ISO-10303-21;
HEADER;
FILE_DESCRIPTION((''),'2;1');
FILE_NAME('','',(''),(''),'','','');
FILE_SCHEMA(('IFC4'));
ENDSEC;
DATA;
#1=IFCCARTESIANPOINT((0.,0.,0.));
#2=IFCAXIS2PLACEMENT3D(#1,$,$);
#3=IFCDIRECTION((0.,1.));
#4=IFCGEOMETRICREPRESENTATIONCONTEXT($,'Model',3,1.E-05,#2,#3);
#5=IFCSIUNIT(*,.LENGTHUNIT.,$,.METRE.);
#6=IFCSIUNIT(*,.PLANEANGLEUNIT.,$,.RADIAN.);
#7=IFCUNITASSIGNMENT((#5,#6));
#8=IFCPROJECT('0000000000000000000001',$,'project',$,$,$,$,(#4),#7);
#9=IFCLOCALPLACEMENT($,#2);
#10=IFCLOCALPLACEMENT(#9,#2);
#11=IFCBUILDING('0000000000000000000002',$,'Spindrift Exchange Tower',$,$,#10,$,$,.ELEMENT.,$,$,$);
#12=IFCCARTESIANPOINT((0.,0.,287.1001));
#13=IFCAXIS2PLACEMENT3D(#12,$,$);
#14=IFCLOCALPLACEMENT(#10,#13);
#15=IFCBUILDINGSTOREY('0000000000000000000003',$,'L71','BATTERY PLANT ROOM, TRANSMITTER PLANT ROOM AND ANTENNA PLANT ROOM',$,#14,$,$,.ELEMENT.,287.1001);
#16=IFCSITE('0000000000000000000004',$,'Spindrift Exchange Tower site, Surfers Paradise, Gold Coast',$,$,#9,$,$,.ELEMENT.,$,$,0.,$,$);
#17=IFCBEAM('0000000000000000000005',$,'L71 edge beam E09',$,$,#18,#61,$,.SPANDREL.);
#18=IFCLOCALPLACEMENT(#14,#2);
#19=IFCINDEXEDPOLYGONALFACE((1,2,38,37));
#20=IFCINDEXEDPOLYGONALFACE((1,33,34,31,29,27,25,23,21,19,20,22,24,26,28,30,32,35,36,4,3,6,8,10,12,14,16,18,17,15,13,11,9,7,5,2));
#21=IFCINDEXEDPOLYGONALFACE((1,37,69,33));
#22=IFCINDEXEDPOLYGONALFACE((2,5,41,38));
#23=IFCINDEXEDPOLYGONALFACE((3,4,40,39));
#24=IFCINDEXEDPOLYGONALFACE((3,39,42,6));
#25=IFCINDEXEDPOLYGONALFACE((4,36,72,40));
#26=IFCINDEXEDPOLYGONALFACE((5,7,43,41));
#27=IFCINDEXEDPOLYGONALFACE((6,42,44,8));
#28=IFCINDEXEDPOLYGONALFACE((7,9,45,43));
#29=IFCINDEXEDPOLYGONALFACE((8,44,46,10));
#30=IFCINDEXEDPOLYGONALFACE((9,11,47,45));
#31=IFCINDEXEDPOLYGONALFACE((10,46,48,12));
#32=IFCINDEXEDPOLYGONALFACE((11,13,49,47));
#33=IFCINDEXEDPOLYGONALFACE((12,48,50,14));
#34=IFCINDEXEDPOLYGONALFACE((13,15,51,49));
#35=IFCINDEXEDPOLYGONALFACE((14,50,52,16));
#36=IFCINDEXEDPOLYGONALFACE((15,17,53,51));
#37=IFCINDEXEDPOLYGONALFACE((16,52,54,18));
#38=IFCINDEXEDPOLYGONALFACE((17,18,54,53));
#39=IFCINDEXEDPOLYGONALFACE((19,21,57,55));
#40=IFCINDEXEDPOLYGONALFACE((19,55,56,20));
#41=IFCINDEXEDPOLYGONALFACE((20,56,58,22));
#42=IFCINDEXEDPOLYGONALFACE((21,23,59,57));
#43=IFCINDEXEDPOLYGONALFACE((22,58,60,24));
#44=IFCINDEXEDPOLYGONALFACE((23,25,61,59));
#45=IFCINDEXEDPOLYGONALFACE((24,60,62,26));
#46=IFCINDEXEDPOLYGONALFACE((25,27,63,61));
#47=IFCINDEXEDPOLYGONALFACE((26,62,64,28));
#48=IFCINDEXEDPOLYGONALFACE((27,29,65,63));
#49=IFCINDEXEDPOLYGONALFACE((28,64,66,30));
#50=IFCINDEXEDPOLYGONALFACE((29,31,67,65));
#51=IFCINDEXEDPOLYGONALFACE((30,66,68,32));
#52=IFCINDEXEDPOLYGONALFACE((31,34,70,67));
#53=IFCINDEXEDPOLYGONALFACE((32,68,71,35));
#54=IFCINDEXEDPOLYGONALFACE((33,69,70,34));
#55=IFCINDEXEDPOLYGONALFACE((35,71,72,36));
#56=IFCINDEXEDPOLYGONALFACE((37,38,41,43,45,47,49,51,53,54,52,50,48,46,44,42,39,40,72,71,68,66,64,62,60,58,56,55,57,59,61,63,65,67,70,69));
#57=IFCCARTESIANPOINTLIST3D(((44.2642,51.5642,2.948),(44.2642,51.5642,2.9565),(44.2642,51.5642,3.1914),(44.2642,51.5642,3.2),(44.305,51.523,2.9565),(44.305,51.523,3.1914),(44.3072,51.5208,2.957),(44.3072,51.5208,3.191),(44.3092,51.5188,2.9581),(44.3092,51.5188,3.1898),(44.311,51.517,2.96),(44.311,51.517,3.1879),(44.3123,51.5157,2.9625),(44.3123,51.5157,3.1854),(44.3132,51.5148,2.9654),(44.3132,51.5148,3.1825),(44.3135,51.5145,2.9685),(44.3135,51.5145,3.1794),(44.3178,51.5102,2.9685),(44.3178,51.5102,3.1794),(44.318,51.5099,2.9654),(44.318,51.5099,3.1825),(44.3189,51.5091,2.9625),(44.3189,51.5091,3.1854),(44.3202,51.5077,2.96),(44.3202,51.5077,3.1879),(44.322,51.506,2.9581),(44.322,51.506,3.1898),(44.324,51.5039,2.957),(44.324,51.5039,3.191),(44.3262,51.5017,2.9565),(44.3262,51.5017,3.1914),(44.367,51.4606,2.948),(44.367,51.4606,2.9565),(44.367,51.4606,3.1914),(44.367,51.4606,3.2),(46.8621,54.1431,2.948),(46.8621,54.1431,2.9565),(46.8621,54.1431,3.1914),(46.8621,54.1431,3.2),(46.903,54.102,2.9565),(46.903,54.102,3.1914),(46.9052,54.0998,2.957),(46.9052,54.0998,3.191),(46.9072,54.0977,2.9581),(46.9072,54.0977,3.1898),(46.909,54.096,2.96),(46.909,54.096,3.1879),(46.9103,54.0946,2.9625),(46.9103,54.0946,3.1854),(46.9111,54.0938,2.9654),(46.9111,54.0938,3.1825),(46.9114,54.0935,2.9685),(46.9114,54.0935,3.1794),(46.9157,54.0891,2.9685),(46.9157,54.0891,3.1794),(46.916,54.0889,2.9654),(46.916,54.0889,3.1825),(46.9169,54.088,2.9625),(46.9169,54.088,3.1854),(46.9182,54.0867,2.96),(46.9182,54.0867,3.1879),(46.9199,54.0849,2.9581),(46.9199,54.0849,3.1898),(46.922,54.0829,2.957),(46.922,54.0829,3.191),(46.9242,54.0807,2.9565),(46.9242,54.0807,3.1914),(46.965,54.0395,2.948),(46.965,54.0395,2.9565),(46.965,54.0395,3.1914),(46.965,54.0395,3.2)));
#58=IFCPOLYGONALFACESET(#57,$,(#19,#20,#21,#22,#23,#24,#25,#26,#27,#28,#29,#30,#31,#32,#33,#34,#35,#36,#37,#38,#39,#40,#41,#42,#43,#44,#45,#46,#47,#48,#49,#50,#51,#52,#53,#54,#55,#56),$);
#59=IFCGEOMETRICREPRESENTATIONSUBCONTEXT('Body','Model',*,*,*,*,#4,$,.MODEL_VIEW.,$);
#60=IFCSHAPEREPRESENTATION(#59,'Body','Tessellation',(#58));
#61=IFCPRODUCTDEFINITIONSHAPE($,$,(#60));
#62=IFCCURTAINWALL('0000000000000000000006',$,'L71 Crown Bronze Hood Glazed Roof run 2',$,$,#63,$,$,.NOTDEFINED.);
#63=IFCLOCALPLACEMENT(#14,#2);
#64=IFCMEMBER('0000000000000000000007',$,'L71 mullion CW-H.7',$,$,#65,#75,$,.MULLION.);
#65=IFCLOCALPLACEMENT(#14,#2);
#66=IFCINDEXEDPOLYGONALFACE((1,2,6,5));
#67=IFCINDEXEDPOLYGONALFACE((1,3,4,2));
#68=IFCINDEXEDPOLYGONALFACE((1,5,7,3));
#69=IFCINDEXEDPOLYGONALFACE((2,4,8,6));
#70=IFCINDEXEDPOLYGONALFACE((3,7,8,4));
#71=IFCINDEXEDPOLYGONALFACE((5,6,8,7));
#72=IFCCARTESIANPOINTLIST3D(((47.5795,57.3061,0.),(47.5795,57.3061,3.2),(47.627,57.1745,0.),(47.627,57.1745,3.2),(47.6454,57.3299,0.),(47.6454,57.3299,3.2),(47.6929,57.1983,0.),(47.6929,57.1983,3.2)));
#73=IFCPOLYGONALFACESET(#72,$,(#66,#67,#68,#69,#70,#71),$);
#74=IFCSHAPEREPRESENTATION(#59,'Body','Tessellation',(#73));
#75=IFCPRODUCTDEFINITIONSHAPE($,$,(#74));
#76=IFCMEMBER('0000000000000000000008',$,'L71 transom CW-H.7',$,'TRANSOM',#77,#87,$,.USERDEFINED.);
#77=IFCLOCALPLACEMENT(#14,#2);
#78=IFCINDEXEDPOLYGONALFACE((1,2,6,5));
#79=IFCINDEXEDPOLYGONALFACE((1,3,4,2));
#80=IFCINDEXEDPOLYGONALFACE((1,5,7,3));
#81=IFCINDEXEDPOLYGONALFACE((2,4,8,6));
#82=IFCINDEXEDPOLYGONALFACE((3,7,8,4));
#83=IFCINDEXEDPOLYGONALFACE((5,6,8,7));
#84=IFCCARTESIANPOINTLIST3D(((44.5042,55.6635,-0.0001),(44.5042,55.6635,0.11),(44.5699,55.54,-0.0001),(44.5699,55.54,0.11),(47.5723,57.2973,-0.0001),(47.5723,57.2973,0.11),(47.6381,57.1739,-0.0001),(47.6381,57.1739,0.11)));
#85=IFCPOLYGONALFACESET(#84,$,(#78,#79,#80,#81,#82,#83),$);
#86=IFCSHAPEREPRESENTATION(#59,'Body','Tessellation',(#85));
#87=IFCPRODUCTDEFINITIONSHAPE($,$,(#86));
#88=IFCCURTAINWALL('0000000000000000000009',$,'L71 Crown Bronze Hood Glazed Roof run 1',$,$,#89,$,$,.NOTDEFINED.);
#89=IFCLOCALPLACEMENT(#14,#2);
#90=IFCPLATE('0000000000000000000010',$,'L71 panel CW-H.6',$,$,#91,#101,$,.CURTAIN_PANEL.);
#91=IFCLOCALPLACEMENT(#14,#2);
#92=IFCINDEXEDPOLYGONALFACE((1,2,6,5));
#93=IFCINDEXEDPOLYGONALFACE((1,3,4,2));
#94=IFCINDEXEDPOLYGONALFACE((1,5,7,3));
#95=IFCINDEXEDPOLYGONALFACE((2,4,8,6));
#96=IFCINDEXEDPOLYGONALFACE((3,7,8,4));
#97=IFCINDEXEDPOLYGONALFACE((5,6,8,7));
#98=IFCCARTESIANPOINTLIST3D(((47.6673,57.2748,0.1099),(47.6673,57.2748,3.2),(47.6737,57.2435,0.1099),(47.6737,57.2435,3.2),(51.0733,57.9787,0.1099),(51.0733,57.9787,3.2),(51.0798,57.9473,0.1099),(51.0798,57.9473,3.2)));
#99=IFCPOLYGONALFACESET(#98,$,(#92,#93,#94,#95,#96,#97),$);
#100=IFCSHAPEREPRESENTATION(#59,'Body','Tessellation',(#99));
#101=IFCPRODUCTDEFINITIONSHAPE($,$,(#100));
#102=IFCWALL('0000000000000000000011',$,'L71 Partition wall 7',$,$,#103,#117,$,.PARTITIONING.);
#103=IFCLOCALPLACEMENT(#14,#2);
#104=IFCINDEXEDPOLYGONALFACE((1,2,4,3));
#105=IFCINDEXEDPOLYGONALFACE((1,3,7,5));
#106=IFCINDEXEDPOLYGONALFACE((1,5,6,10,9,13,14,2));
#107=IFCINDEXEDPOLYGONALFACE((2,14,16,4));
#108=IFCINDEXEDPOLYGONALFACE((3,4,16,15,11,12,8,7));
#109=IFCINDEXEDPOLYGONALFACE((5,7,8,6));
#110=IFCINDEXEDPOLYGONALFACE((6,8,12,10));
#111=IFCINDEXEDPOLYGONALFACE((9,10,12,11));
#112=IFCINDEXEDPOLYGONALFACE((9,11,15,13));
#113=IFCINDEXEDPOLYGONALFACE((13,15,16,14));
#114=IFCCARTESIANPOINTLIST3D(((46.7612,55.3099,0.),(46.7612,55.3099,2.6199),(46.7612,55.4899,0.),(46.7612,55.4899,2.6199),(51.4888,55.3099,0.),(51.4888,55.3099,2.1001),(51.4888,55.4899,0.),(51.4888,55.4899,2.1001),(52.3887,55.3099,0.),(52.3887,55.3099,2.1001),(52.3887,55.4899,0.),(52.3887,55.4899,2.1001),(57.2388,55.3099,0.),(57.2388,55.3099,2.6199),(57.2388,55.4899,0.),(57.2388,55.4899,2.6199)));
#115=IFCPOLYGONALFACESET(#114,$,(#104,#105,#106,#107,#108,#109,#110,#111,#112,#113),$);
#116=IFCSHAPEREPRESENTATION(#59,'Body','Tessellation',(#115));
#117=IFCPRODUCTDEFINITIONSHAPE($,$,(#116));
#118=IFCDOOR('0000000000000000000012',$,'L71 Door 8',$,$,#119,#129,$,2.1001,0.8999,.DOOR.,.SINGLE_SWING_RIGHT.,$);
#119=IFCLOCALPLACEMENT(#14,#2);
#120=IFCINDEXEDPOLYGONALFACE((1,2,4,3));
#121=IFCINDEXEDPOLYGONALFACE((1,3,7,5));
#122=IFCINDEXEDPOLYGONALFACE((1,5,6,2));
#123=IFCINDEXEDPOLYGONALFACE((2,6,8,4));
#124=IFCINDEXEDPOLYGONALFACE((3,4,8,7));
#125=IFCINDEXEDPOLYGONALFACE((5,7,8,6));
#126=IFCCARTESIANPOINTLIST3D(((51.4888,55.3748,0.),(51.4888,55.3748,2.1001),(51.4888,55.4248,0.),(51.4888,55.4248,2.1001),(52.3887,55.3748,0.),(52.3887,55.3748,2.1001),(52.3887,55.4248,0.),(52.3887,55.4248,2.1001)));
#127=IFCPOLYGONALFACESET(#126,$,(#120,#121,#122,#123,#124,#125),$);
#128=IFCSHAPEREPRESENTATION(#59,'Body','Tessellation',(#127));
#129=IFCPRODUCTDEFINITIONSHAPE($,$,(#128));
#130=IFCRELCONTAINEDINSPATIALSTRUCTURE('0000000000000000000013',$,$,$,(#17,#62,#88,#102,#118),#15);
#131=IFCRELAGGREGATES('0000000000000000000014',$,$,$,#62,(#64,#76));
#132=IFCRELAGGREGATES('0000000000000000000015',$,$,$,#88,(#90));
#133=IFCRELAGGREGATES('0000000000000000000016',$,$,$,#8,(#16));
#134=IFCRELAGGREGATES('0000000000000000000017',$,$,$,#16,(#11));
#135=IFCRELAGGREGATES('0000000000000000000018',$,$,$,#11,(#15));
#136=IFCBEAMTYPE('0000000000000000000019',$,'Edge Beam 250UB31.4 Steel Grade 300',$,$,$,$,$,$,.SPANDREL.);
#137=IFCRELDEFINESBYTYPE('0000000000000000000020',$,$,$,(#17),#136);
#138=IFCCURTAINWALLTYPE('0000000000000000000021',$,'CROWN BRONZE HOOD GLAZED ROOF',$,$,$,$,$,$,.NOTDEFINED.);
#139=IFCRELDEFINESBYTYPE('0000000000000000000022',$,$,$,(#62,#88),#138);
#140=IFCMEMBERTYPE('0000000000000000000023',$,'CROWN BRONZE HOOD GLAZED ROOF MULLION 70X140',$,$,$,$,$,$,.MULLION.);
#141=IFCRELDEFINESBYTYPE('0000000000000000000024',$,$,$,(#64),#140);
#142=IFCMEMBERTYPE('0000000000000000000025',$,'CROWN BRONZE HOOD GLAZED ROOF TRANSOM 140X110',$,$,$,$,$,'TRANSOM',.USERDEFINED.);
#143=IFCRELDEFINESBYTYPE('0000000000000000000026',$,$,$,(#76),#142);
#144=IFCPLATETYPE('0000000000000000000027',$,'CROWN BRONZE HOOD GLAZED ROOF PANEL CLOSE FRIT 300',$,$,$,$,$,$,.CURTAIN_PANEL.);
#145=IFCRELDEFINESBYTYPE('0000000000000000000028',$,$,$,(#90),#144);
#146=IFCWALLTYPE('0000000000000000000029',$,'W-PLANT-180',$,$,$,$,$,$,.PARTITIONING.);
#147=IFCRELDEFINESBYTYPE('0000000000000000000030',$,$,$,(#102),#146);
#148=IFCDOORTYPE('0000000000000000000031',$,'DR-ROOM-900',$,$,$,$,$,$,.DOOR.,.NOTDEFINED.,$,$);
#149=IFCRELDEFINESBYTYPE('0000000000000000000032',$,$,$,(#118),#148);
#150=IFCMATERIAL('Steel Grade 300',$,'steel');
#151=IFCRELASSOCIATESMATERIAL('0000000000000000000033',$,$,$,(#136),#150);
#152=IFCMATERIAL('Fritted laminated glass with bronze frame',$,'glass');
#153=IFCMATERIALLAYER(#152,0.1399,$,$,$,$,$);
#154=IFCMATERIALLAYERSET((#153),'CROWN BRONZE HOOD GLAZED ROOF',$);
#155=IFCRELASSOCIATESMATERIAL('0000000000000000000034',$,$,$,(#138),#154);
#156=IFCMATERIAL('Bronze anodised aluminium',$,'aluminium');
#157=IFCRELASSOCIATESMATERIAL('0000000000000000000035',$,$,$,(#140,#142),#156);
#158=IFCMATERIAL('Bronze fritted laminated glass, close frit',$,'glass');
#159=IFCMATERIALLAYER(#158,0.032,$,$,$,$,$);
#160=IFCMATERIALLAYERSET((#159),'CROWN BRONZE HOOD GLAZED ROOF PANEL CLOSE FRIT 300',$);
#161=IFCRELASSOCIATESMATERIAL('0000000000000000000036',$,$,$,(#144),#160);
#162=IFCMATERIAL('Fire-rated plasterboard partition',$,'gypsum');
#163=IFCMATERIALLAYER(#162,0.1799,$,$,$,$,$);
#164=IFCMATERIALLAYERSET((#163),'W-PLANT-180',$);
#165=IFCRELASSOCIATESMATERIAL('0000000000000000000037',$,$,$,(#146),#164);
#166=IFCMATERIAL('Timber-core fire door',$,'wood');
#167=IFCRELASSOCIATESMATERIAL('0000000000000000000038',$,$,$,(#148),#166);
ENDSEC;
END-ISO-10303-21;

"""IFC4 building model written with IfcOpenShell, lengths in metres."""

from ifc_helpers import new_model, si_unit, direction, frame, frame_2d, origin, origin_2d, place, context, subcontext, project, spatial, rectangle, i_section, extrude, source, transform, mapped, material, layer, layer_set, material_profile, profile_set, type_object, element, fill, aggregate, save


model = new_model("IFC4")

# Units and contexts
model_context = context("Model", 3, precision=1e-05, world=origin(), true_north=direction((0.0, 1.0)))
body_context = subcontext(model_context, "Body", "Model", "MODEL_VIEW")
ifc_project = project(units=[si_unit("LENGTHUNIT", "METRE"), si_unit("PLANEANGLEUNIT", "RADIAN")], contexts=[model_context])

# Site, building, storey
site_placement = place(None, origin())
site = spatial("IfcSite", under=ifc_project, at=site_placement, Name="Spindrift Exchange Tower site, Surfers Paradise, Gold Coast", CompositionType="ELEMENT", RefElevation=0.0)
building_placement = place(site_placement, origin())
building = spatial("IfcBuilding", under=site, at=building_placement, Name="Spindrift Exchange Tower", CompositionType="ELEMENT")
storey_placement = place(building_placement, frame((0.0, 0.0, 287.1001)))
storey = spatial("IfcBuildingStorey", under=building, at=storey_placement, Name="L71", Description="BATTERY PLANT ROOM, TRANSMITTER PLANT ROOM AND ANTENNA PLANT ROOM", CompositionType="ELEMENT", Elevation=287.1001)

# Beam
ifc_material_1 = material(Name="Steel Grade 300", Category="steel")
ifc_material_profile_1 = material_profile(ifc_material_1, i_section(OverallWidth=0.146, OverallDepth=0.252, WebThickness=0.0061, FlangeThickness=0.0085, FilletRadius=0.012, at=origin_2d()), Name="250UB31.4")
ifc_profile_set_1 = profile_set([ifc_material_profile_1], Name="Steel Grade 300")
beam_type = type_object("IfcBeamType", Name="Edge Beam 250UB31.4 Steel Grade 300", PredefinedType="SPANDREL", material=ifc_profile_set_1)
shared_shape_1 = source(origin(), body_context, "Body", "SweptSolid", [
    extrude(i_section(OverallWidth=0.146, OverallDepth=0.252, WebThickness=0.0061, FlangeThickness=0.0085, FilletRadius=0.012, at=origin_2d()), origin(), (0.0, 0.0, 1.0), 3.6606),
])
beam_1_placement = place(storey_placement, frame((46.9136, 54.0913, 3.074), z_axis=(-0.709703, -0.704501, 0.0), x_axis=(0.704501, -0.709703, 0.0)))
element("IfcBeam", 1, at=beam_1_placement, inside=storey, type_object=beam_type, Name="L71 edge beam E09", PredefinedType="SPANDREL", context=body_context, shape_type="MappedRepresentation", body=[
    mapped(shared_shape_1, transform((0.0, 0.0, 0.0), scale=1.0)),
])

# Curtain wall, members
ifc_material_2 = material(Name="Fritted laminated glass with bronze frame", Category="glass")
ifc_layer_1 = layer(ifc_material_2, 0.1399)
ifc_layer_set_1 = layer_set([ifc_layer_1], Name="CROWN BRONZE HOOD GLAZED ROOF")
curtain_wall_type = type_object("IfcCurtainWallType", Name="CROWN BRONZE HOOD GLAZED ROOF", PredefinedType="NOTDEFINED", material=ifc_layer_set_1)
curtain_wall_1_placement = place(storey_placement, origin())
curtain_wall_1 = element("IfcCurtainWall", 2, at=curtain_wall_1_placement, inside=storey, type_object=curtain_wall_type, Name="L71 Crown Bronze Hood Glazed Roof run 2", PredefinedType="NOTDEFINED")
ifc_material_3 = material(Name="Bronze anodised aluminium", Category="aluminium")
ifc_material_profile_2 = material_profile(ifc_material_3, rectangle(XDim=0.0701, YDim=0.1399, at=origin_2d()), Name="CROWN BRONZE HOOD GLAZED ROOF MULLION 70X140")
ifc_profile_set_2 = profile_set([ifc_material_profile_2], Name="Bronze anodised aluminium")
member_type_1 = type_object("IfcMemberType", Name="CROWN BRONZE HOOD GLAZED ROOF MULLION 70X140", PredefinedType="MULLION", material=ifc_profile_set_2)
shared_shape_2 = source(origin(), body_context, "Body", "SweptSolid", [
    extrude(rectangle(XDim=0.0701, YDim=0.1399, at=origin_2d()), origin(), (0.0, 0.0, 1.0), 3.2),
])
member_1_placement = place(storey_placement, frame((47.6362, 57.2522, 0.0), z_axis=(0.0, 0.0, 1.0), x_axis=(-0.94055, -0.339656, 0.0)))
member_1 = element("IfcMember", 3, at=member_1_placement, type_object=member_type_1, Name="L71 mullion CW-H.7", PredefinedType="MULLION", context=body_context, shape_type="MappedRepresentation", body=[
    mapped(shared_shape_2, transform((0.0, 0.0, 0.0), scale=1.0)),
])
ifc_material_profile_3 = material_profile(ifc_material_3, rectangle(XDim=0.1399, YDim=0.1101, at=origin_2d()), Name="CROWN BRONZE HOOD GLAZED ROOF TRANSOM 140X110")
ifc_profile_set_3 = profile_set([ifc_material_profile_3], Name="Bronze anodised aluminium")
member_type_2 = type_object("IfcMemberType", Name="CROWN BRONZE HOOD GLAZED ROOF TRANSOM 140X110", ElementType="TRANSOM", PredefinedType="USERDEFINED", material=ifc_profile_set_3)
shared_shape_3 = source(origin(), body_context, "Body", "SweptSolid", [
    extrude(rectangle(XDim=0.1399, YDim=0.1101, at=origin_2d()), origin(), (0.0, 0.0, 1.0), 3.4761),
])
member_2_placement = place(storey_placement, frame((47.6052, 57.2356, 0.0549), z_axis=(-0.882656, -0.470019, 0.0), x_axis=(0.470019, -0.882656, 0.0)))
member_2 = element("IfcMember", 4, at=member_2_placement, type_object=member_type_2, Name="L71 transom CW-H.7", ObjectType="TRANSOM", PredefinedType="USERDEFINED", context=body_context, shape_type="MappedRepresentation", body=[
    mapped(shared_shape_3, transform((0.0, 0.0, 0.0), scale=1.0)),
])
aggregate(curtain_wall_1, [member_1, member_2])

# Curtain wall, plate
curtain_wall_2_placement = place(storey_placement, origin())
curtain_wall_2 = element("IfcCurtainWall", 5, at=curtain_wall_2_placement, inside=storey, type_object=curtain_wall_type, Name="L71 Crown Bronze Hood Glazed Roof run 1", PredefinedType="NOTDEFINED")
ifc_material_4 = material(Name="Bronze fritted laminated glass, close frit", Category="glass")
ifc_layer_2 = layer(ifc_material_4, 0.032)
ifc_layer_set_2 = layer_set([ifc_layer_2], Name="CROWN BRONZE HOOD GLAZED ROOF PANEL CLOSE FRIT 300")
plate_type = type_object("IfcPlateType", Name="CROWN BRONZE HOOD GLAZED ROOF PANEL CLOSE FRIT 300", PredefinedType="CURTAIN_PANEL", material=ifc_layer_set_2)
shared_shape_4 = source(origin(), body_context, "Body", "SweptSolid", [
    extrude(rectangle(XDim=3.478, YDim=0.032, at=origin_2d()), origin(), (0.0, 0.0, 1.0), 3.0901),
])
plate_placement = place(storey_placement, frame((49.3735, 57.6111, 0.1099), z_axis=(0.0, 0.0, 1.0), x_axis=(-0.97931, -0.202367, 0.0)))
plate = element("IfcPlate", 6, at=plate_placement, type_object=plate_type, Name="L71 panel CW-H.6", PredefinedType="CURTAIN_PANEL", context=body_context, shape_type="MappedRepresentation", body=[
    mapped(shared_shape_4, transform((0.0, 0.0, 0.0), scale=1.0)),
])
aggregate(curtain_wall_2, [plate])

# Wall, opening, door
ifc_material_5 = material(Name="Fire-rated plasterboard partition", Category="gypsum")
ifc_layer_3 = layer(ifc_material_5, 0.1799)
ifc_layer_set_3 = layer_set([ifc_layer_3], Name="W-PLANT-180")
wall_type = type_object("IfcWallType", Name="W-PLANT-180", PredefinedType="PARTITIONING", material=ifc_layer_set_3)
wall_placement = place(storey_placement, frame((46.7612, 55.3999, 0.0), z_axis=(0.0, 0.0, 1.0), x_axis=(1.0, 0.0, 0.0)))
wall = element("IfcWall", 7, at=wall_placement, inside=storey, type_object=wall_type, Name="L71 Partition wall 7", PredefinedType="PARTITIONING", context=body_context, shape_type="SweptSolid", body=[
    extrude(rectangle(XDim=10.4775, YDim=0.1799, at=frame_2d((5.2388, 0.0))), origin(), (0.0, 0.0, 1.0), 2.6199),
])
opening_placement = place(wall_placement, frame((4.7275, 0.0, 0.0)))
opening = element("IfcOpeningElement", 8, at=opening_placement, cuts=wall, PredefinedType="OPENING", context=body_context, shape_type="SweptSolid", body=[
    extrude(rectangle(XDim=0.8999, YDim=2.1001, at=frame_2d((0.45, 1.05))), frame((0.0, 0.0999, 0.0), z_axis=(0.0, -1.0, 0.0), x_axis=(1.0, 0.0, 0.0)), (0.0, 0.0, 1.0), 0.2),
])
ifc_material_6 = material(Name="Timber-core fire door", Category="wood")
door_type = type_object("IfcDoorType", Name="DR-ROOM-900", OperationType="NOTDEFINED", PredefinedType="DOOR", material=ifc_material_6)
shared_shape_5 = source(origin(), body_context, "Body", "SweptSolid", [
    extrude(rectangle(XDim=0.8999, YDim=2.1001, at=frame_2d((0.45, 1.05))), frame((0.0, 0.0249, 0.0), z_axis=(0.0, -1.0, 0.0), x_axis=(1.0, 0.0, 0.0)), (0.0, 0.0, 1.0), 0.05),
])
door_placement = place(opening_placement, origin())
door = element("IfcDoor", 9, at=door_placement, inside=storey, type_object=door_type, Name="L71 Door 8", OperationType="SINGLE_SWING_RIGHT", OverallHeight=2.1001, OverallWidth=0.8999, PredefinedType="DOOR", context=body_context, shape_type="MappedRepresentation", body=[
    mapped(shared_shape_5, transform((0.0, 0.0, 0.0), scale=1.0)),
])
fill(opening, door)

save(model, "model.ifc")
